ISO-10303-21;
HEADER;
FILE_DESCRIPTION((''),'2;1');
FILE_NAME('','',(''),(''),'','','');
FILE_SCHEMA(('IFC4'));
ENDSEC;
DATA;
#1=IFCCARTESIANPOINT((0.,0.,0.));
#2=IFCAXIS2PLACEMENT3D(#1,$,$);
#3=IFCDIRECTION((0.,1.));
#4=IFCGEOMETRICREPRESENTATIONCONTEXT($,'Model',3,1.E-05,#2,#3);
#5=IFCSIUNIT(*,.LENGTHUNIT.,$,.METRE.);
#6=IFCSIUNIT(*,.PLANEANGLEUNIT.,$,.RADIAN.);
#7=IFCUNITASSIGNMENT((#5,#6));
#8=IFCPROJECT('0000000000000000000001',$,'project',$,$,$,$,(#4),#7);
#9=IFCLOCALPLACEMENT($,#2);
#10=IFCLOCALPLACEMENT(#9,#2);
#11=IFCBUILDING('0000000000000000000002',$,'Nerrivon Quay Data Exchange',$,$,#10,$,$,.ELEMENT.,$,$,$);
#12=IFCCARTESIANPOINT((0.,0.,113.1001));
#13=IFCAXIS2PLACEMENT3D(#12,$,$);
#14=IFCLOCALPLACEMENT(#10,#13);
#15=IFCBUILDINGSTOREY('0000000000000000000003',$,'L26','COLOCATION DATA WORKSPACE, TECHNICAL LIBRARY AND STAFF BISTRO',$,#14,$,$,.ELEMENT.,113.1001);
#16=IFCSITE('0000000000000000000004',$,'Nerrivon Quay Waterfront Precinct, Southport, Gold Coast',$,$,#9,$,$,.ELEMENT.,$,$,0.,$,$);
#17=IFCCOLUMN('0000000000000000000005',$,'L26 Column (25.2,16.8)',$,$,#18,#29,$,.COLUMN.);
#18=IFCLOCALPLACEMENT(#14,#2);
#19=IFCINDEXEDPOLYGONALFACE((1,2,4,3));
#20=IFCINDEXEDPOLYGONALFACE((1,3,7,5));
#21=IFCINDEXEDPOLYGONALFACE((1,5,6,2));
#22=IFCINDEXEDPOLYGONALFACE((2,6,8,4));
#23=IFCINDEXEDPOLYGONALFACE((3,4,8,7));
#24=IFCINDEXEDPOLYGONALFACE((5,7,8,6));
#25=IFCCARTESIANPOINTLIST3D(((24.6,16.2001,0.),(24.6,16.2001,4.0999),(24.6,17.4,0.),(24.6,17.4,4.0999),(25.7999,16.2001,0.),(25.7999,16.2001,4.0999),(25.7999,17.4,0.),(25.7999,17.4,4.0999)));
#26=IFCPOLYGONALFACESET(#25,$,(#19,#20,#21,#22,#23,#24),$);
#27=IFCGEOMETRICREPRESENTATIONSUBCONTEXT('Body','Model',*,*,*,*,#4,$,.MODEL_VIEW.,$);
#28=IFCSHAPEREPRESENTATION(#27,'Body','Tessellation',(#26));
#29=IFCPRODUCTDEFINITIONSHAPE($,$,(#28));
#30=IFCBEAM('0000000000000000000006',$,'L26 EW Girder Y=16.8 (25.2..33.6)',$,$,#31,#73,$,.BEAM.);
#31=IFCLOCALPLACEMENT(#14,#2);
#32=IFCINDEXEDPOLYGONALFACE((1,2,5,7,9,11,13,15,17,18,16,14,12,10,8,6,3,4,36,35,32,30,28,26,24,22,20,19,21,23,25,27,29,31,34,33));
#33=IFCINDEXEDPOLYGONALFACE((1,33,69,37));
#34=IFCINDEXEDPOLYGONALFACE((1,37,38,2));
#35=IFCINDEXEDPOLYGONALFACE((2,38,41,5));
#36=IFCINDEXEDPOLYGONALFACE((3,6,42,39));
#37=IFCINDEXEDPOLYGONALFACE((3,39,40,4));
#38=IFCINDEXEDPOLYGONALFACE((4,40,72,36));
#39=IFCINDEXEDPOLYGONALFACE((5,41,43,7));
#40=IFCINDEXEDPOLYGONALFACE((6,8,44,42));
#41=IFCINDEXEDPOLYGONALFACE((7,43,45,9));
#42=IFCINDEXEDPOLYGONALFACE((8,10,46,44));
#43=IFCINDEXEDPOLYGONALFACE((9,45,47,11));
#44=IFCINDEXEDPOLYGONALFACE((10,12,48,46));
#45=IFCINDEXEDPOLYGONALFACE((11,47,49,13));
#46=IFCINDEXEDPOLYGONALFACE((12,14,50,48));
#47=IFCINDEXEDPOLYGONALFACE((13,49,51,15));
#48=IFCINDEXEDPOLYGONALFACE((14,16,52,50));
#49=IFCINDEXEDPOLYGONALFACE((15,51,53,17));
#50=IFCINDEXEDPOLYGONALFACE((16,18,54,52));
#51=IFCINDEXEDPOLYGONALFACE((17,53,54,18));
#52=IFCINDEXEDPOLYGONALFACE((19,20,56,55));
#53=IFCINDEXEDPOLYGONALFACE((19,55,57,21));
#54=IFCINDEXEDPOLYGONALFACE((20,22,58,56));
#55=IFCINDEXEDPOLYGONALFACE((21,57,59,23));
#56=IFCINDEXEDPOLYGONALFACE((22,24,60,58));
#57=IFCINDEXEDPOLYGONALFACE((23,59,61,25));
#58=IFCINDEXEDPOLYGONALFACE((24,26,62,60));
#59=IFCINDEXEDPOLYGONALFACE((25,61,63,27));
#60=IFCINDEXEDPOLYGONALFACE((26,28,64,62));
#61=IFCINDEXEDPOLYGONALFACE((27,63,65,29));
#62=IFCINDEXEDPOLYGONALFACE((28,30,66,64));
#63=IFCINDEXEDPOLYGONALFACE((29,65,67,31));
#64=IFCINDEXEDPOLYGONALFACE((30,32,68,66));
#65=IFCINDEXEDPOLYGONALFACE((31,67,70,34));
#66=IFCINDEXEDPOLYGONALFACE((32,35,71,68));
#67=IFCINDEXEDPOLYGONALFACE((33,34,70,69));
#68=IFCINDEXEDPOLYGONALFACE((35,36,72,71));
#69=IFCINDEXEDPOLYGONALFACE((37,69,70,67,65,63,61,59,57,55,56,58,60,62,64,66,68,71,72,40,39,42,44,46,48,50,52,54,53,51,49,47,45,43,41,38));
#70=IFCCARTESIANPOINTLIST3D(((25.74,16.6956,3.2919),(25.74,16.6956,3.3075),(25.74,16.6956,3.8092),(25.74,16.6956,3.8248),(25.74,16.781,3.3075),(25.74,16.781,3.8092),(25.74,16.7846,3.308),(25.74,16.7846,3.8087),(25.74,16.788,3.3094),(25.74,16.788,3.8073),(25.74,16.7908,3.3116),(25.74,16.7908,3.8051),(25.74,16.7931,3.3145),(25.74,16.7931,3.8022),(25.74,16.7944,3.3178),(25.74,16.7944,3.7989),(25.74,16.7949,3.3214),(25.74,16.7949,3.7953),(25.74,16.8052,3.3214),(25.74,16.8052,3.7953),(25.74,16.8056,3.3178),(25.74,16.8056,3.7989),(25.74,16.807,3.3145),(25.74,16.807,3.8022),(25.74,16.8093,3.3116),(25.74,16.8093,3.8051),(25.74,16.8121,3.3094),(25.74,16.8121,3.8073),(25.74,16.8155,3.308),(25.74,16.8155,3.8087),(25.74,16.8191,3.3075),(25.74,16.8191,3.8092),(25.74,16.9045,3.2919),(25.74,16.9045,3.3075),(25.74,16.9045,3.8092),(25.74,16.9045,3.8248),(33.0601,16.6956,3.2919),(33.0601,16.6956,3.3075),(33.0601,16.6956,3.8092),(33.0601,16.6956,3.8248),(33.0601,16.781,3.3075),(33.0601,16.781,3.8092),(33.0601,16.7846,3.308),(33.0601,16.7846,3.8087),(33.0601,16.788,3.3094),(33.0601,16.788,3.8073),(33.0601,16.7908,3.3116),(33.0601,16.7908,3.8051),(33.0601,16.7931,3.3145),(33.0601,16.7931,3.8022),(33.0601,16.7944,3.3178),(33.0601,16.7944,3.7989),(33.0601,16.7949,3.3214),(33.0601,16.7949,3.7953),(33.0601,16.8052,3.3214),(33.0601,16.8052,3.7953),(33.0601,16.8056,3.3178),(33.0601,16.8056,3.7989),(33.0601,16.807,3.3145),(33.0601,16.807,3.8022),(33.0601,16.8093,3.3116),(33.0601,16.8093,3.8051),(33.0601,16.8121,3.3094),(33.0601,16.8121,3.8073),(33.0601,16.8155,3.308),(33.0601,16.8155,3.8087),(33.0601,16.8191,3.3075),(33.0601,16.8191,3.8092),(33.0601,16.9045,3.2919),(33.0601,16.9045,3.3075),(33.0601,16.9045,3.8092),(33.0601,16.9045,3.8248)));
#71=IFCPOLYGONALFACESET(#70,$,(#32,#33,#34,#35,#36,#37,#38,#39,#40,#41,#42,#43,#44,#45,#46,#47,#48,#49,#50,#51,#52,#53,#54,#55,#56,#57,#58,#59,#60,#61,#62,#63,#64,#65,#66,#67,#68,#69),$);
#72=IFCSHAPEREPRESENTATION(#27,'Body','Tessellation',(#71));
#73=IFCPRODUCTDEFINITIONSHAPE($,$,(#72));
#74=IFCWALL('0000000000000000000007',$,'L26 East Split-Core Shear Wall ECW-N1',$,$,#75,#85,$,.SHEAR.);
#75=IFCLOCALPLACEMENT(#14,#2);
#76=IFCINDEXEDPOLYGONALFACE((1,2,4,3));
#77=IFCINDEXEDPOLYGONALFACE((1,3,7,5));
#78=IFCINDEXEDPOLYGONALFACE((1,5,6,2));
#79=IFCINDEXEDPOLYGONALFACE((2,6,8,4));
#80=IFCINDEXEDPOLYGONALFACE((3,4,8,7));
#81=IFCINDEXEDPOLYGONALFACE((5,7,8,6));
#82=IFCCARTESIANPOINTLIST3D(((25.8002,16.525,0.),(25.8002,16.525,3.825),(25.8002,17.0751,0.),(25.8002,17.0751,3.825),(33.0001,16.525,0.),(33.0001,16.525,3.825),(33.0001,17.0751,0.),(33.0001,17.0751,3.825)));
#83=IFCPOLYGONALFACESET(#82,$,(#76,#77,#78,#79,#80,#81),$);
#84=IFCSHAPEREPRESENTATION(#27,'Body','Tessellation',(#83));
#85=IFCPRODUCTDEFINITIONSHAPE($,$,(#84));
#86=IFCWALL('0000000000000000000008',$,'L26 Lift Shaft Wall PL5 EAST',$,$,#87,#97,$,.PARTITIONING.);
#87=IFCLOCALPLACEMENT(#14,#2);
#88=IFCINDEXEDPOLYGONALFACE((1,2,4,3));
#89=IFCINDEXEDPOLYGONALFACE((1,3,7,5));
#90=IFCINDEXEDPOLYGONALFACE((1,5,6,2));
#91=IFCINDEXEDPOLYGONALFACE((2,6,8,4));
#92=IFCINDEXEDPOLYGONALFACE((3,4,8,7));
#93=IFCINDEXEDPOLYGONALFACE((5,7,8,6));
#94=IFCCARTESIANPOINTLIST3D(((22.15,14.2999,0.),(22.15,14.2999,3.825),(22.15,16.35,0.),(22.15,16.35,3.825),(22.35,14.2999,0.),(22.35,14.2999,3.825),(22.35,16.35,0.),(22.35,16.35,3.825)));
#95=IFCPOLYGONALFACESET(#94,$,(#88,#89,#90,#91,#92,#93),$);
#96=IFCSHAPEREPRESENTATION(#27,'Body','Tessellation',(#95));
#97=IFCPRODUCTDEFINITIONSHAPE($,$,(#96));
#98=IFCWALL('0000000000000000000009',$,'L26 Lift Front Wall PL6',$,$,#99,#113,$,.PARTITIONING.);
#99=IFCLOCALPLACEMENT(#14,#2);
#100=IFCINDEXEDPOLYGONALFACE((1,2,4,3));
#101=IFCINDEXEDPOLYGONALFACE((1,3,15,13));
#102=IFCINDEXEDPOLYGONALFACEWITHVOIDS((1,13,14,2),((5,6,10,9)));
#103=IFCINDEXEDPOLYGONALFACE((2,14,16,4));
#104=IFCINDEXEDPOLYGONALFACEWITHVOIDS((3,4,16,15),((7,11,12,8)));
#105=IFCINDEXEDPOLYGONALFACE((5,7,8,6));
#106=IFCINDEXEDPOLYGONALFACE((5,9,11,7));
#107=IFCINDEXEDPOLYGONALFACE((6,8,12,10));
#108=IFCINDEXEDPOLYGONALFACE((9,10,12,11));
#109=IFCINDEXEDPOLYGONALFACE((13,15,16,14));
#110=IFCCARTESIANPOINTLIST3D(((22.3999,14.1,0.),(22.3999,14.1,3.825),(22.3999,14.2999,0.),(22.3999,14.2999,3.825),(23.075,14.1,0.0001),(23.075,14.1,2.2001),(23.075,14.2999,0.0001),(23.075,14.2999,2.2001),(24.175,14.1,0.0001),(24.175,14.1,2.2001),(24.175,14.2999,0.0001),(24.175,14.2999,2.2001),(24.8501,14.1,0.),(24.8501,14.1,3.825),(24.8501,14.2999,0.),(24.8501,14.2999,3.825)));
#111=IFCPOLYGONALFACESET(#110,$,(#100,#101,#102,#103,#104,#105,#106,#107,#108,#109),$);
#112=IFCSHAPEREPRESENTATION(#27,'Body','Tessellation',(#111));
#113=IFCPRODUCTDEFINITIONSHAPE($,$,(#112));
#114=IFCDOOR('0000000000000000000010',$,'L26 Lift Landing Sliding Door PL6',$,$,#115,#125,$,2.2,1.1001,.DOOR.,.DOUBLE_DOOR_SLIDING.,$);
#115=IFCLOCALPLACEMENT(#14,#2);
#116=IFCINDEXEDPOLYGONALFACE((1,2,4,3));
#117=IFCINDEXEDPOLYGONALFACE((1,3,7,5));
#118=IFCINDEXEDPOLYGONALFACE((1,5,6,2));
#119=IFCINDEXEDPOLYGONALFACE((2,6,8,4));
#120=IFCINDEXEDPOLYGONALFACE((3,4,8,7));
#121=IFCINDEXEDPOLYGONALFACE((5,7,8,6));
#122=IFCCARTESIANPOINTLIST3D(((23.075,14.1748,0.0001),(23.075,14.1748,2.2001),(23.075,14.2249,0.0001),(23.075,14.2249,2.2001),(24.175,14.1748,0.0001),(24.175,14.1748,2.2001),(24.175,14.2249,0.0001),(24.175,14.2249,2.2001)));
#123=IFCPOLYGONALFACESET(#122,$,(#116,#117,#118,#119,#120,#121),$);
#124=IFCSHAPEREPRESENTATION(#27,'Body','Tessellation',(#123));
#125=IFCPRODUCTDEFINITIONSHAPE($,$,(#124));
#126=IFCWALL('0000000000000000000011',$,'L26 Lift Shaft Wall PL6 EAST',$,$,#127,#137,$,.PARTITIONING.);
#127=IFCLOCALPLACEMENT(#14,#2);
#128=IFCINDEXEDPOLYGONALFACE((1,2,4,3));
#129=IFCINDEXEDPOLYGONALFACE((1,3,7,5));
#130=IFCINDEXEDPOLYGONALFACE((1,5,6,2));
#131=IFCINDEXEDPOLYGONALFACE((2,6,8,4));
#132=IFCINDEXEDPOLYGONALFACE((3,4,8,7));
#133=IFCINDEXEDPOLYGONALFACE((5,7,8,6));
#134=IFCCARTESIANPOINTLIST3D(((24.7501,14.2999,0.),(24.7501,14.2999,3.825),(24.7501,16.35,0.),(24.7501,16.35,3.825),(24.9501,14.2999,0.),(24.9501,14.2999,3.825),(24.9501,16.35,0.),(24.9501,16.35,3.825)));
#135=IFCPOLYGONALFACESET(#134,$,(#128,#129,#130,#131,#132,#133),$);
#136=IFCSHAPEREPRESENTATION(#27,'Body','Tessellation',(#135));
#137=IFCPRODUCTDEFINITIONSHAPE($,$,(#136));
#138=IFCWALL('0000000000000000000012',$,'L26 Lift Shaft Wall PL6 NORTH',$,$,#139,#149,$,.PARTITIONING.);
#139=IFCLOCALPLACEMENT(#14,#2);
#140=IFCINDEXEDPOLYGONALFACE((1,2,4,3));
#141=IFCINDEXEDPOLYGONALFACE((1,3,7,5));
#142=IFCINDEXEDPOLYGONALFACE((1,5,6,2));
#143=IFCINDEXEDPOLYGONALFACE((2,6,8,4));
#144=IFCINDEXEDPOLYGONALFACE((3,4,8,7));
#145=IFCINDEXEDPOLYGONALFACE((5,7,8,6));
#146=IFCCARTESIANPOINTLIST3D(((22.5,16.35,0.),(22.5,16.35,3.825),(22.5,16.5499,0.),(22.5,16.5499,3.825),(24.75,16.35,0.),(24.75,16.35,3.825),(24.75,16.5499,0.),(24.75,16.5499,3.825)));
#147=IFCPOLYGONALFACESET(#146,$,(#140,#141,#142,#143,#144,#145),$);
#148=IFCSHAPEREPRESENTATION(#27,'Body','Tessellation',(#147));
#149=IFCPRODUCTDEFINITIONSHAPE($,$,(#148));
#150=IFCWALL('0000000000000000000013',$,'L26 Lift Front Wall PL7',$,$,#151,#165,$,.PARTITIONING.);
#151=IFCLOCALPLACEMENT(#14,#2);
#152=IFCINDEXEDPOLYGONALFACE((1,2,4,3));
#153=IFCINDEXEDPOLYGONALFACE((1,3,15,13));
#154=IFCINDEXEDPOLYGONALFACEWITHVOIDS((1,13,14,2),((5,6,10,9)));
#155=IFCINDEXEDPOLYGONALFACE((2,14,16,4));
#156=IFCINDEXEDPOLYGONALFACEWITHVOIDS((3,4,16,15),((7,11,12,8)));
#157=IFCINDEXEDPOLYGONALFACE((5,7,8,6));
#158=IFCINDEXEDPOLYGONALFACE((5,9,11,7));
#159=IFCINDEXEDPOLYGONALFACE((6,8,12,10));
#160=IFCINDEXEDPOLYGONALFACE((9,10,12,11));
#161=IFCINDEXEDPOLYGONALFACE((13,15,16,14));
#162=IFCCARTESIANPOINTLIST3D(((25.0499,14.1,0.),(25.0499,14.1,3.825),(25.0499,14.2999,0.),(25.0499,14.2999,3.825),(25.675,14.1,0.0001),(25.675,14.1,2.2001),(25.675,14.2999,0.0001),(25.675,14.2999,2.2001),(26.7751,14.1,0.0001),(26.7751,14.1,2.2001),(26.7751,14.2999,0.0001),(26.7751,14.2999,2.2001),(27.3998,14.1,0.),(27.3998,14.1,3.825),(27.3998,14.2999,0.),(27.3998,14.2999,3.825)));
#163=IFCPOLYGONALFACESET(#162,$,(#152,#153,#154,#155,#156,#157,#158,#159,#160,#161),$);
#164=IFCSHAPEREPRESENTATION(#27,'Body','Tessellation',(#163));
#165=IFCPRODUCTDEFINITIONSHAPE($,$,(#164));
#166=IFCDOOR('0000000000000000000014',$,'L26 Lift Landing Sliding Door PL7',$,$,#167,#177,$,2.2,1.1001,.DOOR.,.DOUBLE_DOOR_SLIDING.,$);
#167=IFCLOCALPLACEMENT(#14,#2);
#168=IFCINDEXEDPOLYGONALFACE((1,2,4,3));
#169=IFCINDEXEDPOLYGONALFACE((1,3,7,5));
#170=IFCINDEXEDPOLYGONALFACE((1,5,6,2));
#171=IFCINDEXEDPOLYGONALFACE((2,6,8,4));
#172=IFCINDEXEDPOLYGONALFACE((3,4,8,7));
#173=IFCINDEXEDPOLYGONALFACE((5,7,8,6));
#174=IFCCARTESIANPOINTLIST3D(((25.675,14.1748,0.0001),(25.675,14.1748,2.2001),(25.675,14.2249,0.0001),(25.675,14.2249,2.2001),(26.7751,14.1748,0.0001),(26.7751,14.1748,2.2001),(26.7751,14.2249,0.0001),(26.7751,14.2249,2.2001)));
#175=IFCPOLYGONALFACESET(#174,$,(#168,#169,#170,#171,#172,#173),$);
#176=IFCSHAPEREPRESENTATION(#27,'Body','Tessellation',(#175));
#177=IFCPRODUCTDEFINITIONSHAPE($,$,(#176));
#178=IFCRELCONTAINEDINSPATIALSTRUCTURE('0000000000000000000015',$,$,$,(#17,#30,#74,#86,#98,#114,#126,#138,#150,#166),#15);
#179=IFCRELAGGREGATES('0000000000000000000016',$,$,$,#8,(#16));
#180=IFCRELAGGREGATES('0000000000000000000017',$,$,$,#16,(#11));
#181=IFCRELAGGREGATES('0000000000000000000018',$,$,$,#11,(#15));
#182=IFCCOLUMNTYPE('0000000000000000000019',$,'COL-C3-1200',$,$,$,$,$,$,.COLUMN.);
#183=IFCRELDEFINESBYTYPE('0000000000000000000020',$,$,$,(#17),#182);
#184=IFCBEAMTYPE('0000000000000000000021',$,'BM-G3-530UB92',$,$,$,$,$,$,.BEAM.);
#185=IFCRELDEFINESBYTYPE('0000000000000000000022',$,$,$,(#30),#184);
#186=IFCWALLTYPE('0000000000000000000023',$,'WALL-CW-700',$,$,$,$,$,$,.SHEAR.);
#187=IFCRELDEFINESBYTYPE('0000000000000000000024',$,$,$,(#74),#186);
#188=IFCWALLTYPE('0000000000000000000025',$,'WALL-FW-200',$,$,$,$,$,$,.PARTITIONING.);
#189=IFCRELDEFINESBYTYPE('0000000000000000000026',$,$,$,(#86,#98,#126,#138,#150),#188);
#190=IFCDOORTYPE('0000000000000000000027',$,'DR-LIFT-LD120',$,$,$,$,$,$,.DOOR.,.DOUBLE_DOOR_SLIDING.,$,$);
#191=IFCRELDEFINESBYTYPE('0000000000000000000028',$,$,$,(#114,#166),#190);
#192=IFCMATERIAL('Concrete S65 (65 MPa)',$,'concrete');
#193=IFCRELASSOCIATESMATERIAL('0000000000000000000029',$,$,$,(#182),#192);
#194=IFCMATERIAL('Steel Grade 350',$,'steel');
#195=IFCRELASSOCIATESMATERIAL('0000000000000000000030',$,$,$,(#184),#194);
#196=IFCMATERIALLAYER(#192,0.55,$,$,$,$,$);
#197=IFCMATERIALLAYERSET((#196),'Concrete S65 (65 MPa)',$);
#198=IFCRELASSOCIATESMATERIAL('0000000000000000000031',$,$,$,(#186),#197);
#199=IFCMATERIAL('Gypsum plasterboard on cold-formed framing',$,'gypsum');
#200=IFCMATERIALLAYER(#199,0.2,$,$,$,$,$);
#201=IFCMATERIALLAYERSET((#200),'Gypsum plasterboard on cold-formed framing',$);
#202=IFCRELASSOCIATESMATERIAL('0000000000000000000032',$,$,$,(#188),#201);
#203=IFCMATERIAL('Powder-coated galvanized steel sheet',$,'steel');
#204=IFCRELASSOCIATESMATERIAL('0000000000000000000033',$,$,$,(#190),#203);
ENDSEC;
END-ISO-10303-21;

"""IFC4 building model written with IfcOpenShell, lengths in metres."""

from ifc_helpers import new_model, si_unit, direction, frame, frame_2d, origin, origin_2d, place, context, subcontext, project, spatial, rectangle, i_section, extrude, material, layer, layer_set, material_profile, profile_set, type_object, element, fill, save


model = new_model("IFC4")

# Units and contexts
model_context = context("Model", 3, precision=1e-05, world=origin(), true_north=direction((0.0, 1.0)))
body_context = subcontext(model_context, "Body", "Model", "MODEL_VIEW")
ifc_project = project(units=[si_unit("LENGTHUNIT", "METRE"), si_unit("PLANEANGLEUNIT", "RADIAN")], contexts=[model_context])

# Site, building, storey
site_placement = place(None, origin())
site = spatial("IfcSite", under=ifc_project, at=site_placement, Name="Nerrivon Quay Waterfront Precinct, Southport, Gold Coast", CompositionType="ELEMENT", RefElevation=0.0)
building_placement = place(site_placement, origin())
building = spatial("IfcBuilding", under=site, at=building_placement, Name="Nerrivon Quay Data Exchange", CompositionType="ELEMENT")
storey_placement = place(building_placement, frame((0.0, 0.0, 113.1001)))
storey = spatial("IfcBuildingStorey", under=building, at=storey_placement, Name="L26", Description="COLOCATION DATA WORKSPACE, TECHNICAL LIBRARY AND STAFF BISTRO", CompositionType="ELEMENT", Elevation=113.1001)

# Column
ifc_material_1 = material(Name="Concrete S65 (65 MPa)", Category="concrete")
ifc_material_profile_1 = material_profile(ifc_material_1, rectangle(XDim=1.2, YDim=1.2, at=origin_2d()), Name="RC-COL-1200x1200")
ifc_profile_set_1 = profile_set([ifc_material_profile_1], Name="Concrete S65 (65 MPa)")
column_type = type_object("IfcColumnType", Name="COL-C3-1200", PredefinedType="COLUMN", material=ifc_profile_set_1)
column_placement = place(storey_placement, frame((25.2, 16.8, 0.0), z_axis=(0.0, 0.0, 1.0), x_axis=(1.0, 0.0, 0.0)))
element("IfcColumn", 1, at=column_placement, inside=storey, type_object=column_type, Name="L26 Column (25.2,16.8)", PredefinedType="COLUMN", context=body_context, shape_type="SweptSolid", body=[
    extrude(rectangle(XDim=1.2, YDim=1.2, at=origin_2d()), origin(), (0.0, 0.0, 1.0), 4.0999),
])

# Beam
ifc_material_2 = material(Name="Steel Grade 350", Category="steel")
ifc_material_profile_2 = material_profile(ifc_material_2, i_section(OverallWidth=0.209, OverallDepth=0.533, WebThickness=0.0103, FlangeThickness=0.0156, FilletRadius=0.0139, at=origin_2d()), Name="530UB92.4")
ifc_profile_set_2 = profile_set([ifc_material_profile_2], Name="Steel Grade 350")
beam_type = type_object("IfcBeamType", Name="BM-G3-530UB92", PredefinedType="BEAM", material=ifc_profile_set_2)
beam_placement = place(storey_placement, frame((25.74, 16.8, 3.5583), z_axis=(1.0, 0.0, 0.0), x_axis=(0.0, 1.0, 0.0)))
element("IfcBeam", 2, at=beam_placement, inside=storey, type_object=beam_type, Name="L26 EW Girder Y=16.8 (25.2..33.6)", PredefinedType="BEAM", context=body_context, shape_type="SweptSolid", body=[
    extrude(i_section(OverallWidth=0.209, OverallDepth=0.533, WebThickness=0.0103, FlangeThickness=0.0156, FilletRadius=0.0139, at=origin_2d()), origin(), (0.0, 0.0, 1.0), 7.3201),
])

# Walls
ifc_layer_1 = layer(ifc_material_1, 0.55)
ifc_layer_set_1 = layer_set([ifc_layer_1], Name="Concrete S65 (65 MPa)")
wall_type_1 = type_object("IfcWallType", Name="WALL-CW-700", PredefinedType="SHEAR", material=ifc_layer_set_1)
wall_1_placement = place(storey_placement, frame((25.8, 16.8, 0.0), z_axis=(0.0, 0.0, 1.0), x_axis=(1.0, 0.0, 0.0)))
element("IfcWall", 3, at=wall_1_placement, inside=storey, type_object=wall_type_1, Name="L26 East Split-Core Shear Wall ECW-N1", PredefinedType="SHEAR", context=body_context, shape_type="SweptSolid", body=[
    extrude(rectangle(XDim=7.2, YDim=0.55, at=frame_2d((3.6001, 0.0))), origin(), (0.0, 0.0, 1.0), 3.825),
])
ifc_material_3 = material(Name="Gypsum plasterboard on cold-formed framing", Category="gypsum")
ifc_layer_2 = layer(ifc_material_3, 0.2)
ifc_layer_set_2 = layer_set([ifc_layer_2], Name="Gypsum plasterboard on cold-formed framing")
wall_type_2 = type_object("IfcWallType", Name="WALL-FW-200", PredefinedType="PARTITIONING", material=ifc_layer_set_2)
wall_2_placement = place(storey_placement, frame((22.25, 14.3, 0.0), z_axis=(0.0, 0.0, 1.0), x_axis=(0.0, 1.0, 0.0)))
element("IfcWall", 4, at=wall_2_placement, inside=storey, type_object=wall_type_2, Name="L26 Lift Shaft Wall PL5 EAST", PredefinedType="PARTITIONING", context=body_context, shape_type="SweptSolid", body=[
    extrude(rectangle(XDim=2.05, YDim=0.2, at=frame_2d((1.0249, 0.0))), origin(), (0.0, 0.0, 1.0), 3.825),
])

# Wall, opening, door
wall_3_placement = place(storey_placement, frame((22.3999, 14.2, 0.0), z_axis=(0.0, 0.0, 1.0), x_axis=(1.0, 0.0, 0.0)))
wall_3 = element("IfcWall", 5, at=wall_3_placement, inside=storey, type_object=wall_type_2, Name="L26 Lift Front Wall PL6", PredefinedType="PARTITIONING", context=body_context, shape_type="SweptSolid", body=[
    extrude(rectangle(XDim=2.4502, YDim=0.2, at=frame_2d((1.2251, 0.0))), origin(), (0.0, 0.0, 1.0), 3.825),
])
opening_1_placement = place(wall_3_placement, frame((0.675, 0.0, 0.0)))
opening_1 = element("IfcOpeningElement", 6, at=opening_1_placement, cuts=wall_3, PredefinedType="OPENING", context=body_context, shape_type="SweptSolid", body=[
    extrude(rectangle(XDim=1.1001, YDim=2.2, at=frame_2d((0.55, 1.1001))), frame((0.0, 0.1099, 0.0), z_axis=(0.0, -1.0, 0.0), x_axis=(1.0, 0.0, 0.0)), (0.0, 0.0, 1.0), 0.22),
])
ifc_material_4 = material(Name="Powder-coated galvanized steel sheet", Category="steel")
door_type = type_object("IfcDoorType", Name="DR-LIFT-LD120", OperationType="DOUBLE_DOOR_SLIDING", PredefinedType="DOOR", material=ifc_material_4)
door_1_placement = place(opening_1_placement, origin())
door_1 = element("IfcDoor", 7, at=door_1_placement, inside=storey, type_object=door_type, Name="L26 Lift Landing Sliding Door PL6", OperationType="DOUBLE_DOOR_SLIDING", OverallHeight=2.2, OverallWidth=1.1001, PredefinedType="DOOR", context=body_context, shape_type="SweptSolid", body=[
    extrude(rectangle(XDim=1.1001, YDim=2.2, at=frame_2d((0.55, 1.1001))), frame((0.0, 0.0249, 0.0), z_axis=(0.0, -1.0, 0.0), x_axis=(1.0, 0.0, 0.0)), (0.0, 0.0, 1.0), 0.05),
])
fill(opening_1, door_1)

# Walls
wall_4_placement = place(storey_placement, frame((24.8501, 14.3, 0.0), z_axis=(0.0, 0.0, 1.0), x_axis=(0.0, 1.0, 0.0)))
element("IfcWall", 8, at=wall_4_placement, inside=storey, type_object=wall_type_2, Name="L26 Lift Shaft Wall PL6 EAST", PredefinedType="PARTITIONING", context=body_context, shape_type="SweptSolid", body=[
    extrude(rectangle(XDim=2.05, YDim=0.2, at=frame_2d((1.0249, 0.0))), origin(), (0.0, 0.0, 1.0), 3.825),
])
wall_5_placement = place(storey_placement, frame((22.5, 16.45, 0.0), z_axis=(0.0, 0.0, 1.0), x_axis=(1.0, 0.0, 0.0)))
element("IfcWall", 9, at=wall_5_placement, inside=storey, type_object=wall_type_2, Name="L26 Lift Shaft Wall PL6 NORTH", PredefinedType="PARTITIONING", context=body_context, shape_type="SweptSolid", body=[
    extrude(rectangle(XDim=2.25, YDim=0.2, at=frame_2d((1.125, 0.0))), origin(), (0.0, 0.0, 1.0), 3.825),
])

# Wall, opening, door
wall_6_placement = place(storey_placement, frame((25.05, 14.2, 0.0), z_axis=(0.0, 0.0, 1.0), x_axis=(1.0, 0.0, 0.0)))
wall_6 = element("IfcWall", 10, at=wall_6_placement, inside=storey, type_object=wall_type_2, Name="L26 Lift Front Wall PL7", PredefinedType="PARTITIONING", context=body_context, shape_type="SweptSolid", body=[
    extrude(rectangle(XDim=2.3499, YDim=0.2, at=frame_2d((1.1748, 0.0))), origin(), (0.0, 0.0, 1.0), 3.825),
])
opening_2_placement = place(wall_6_placement, frame((0.625, 0.0, 0.0)))
opening_2 = element("IfcOpeningElement", 11, at=opening_2_placement, cuts=wall_6, PredefinedType="OPENING", context=body_context, shape_type="SweptSolid", body=[
    extrude(rectangle(XDim=1.1001, YDim=2.2, at=frame_2d((0.55, 1.1001))), frame((0.0, 0.1099, 0.0), z_axis=(0.0, -1.0, 0.0), x_axis=(1.0, 0.0, 0.0)), (0.0, 0.0, 1.0), 0.22),
])
door_2_placement = place(opening_2_placement, origin())
door_2 = element("IfcDoor", 12, at=door_2_placement, inside=storey, type_object=door_type, Name="L26 Lift Landing Sliding Door PL7", OperationType="DOUBLE_DOOR_SLIDING", OverallHeight=2.2, OverallWidth=1.1001, PredefinedType="DOOR", context=body_context, shape_type="SweptSolid", body=[
    extrude(rectangle(XDim=1.1001, YDim=2.2, at=frame_2d((0.55, 1.1001))), frame((0.0, 0.0249, 0.0), z_axis=(0.0, -1.0, 0.0), x_axis=(1.0, 0.0, 0.0)), (0.0, 0.0, 1.0), 0.05),
])
fill(opening_2, door_2)

save(model, "model.ifc")
